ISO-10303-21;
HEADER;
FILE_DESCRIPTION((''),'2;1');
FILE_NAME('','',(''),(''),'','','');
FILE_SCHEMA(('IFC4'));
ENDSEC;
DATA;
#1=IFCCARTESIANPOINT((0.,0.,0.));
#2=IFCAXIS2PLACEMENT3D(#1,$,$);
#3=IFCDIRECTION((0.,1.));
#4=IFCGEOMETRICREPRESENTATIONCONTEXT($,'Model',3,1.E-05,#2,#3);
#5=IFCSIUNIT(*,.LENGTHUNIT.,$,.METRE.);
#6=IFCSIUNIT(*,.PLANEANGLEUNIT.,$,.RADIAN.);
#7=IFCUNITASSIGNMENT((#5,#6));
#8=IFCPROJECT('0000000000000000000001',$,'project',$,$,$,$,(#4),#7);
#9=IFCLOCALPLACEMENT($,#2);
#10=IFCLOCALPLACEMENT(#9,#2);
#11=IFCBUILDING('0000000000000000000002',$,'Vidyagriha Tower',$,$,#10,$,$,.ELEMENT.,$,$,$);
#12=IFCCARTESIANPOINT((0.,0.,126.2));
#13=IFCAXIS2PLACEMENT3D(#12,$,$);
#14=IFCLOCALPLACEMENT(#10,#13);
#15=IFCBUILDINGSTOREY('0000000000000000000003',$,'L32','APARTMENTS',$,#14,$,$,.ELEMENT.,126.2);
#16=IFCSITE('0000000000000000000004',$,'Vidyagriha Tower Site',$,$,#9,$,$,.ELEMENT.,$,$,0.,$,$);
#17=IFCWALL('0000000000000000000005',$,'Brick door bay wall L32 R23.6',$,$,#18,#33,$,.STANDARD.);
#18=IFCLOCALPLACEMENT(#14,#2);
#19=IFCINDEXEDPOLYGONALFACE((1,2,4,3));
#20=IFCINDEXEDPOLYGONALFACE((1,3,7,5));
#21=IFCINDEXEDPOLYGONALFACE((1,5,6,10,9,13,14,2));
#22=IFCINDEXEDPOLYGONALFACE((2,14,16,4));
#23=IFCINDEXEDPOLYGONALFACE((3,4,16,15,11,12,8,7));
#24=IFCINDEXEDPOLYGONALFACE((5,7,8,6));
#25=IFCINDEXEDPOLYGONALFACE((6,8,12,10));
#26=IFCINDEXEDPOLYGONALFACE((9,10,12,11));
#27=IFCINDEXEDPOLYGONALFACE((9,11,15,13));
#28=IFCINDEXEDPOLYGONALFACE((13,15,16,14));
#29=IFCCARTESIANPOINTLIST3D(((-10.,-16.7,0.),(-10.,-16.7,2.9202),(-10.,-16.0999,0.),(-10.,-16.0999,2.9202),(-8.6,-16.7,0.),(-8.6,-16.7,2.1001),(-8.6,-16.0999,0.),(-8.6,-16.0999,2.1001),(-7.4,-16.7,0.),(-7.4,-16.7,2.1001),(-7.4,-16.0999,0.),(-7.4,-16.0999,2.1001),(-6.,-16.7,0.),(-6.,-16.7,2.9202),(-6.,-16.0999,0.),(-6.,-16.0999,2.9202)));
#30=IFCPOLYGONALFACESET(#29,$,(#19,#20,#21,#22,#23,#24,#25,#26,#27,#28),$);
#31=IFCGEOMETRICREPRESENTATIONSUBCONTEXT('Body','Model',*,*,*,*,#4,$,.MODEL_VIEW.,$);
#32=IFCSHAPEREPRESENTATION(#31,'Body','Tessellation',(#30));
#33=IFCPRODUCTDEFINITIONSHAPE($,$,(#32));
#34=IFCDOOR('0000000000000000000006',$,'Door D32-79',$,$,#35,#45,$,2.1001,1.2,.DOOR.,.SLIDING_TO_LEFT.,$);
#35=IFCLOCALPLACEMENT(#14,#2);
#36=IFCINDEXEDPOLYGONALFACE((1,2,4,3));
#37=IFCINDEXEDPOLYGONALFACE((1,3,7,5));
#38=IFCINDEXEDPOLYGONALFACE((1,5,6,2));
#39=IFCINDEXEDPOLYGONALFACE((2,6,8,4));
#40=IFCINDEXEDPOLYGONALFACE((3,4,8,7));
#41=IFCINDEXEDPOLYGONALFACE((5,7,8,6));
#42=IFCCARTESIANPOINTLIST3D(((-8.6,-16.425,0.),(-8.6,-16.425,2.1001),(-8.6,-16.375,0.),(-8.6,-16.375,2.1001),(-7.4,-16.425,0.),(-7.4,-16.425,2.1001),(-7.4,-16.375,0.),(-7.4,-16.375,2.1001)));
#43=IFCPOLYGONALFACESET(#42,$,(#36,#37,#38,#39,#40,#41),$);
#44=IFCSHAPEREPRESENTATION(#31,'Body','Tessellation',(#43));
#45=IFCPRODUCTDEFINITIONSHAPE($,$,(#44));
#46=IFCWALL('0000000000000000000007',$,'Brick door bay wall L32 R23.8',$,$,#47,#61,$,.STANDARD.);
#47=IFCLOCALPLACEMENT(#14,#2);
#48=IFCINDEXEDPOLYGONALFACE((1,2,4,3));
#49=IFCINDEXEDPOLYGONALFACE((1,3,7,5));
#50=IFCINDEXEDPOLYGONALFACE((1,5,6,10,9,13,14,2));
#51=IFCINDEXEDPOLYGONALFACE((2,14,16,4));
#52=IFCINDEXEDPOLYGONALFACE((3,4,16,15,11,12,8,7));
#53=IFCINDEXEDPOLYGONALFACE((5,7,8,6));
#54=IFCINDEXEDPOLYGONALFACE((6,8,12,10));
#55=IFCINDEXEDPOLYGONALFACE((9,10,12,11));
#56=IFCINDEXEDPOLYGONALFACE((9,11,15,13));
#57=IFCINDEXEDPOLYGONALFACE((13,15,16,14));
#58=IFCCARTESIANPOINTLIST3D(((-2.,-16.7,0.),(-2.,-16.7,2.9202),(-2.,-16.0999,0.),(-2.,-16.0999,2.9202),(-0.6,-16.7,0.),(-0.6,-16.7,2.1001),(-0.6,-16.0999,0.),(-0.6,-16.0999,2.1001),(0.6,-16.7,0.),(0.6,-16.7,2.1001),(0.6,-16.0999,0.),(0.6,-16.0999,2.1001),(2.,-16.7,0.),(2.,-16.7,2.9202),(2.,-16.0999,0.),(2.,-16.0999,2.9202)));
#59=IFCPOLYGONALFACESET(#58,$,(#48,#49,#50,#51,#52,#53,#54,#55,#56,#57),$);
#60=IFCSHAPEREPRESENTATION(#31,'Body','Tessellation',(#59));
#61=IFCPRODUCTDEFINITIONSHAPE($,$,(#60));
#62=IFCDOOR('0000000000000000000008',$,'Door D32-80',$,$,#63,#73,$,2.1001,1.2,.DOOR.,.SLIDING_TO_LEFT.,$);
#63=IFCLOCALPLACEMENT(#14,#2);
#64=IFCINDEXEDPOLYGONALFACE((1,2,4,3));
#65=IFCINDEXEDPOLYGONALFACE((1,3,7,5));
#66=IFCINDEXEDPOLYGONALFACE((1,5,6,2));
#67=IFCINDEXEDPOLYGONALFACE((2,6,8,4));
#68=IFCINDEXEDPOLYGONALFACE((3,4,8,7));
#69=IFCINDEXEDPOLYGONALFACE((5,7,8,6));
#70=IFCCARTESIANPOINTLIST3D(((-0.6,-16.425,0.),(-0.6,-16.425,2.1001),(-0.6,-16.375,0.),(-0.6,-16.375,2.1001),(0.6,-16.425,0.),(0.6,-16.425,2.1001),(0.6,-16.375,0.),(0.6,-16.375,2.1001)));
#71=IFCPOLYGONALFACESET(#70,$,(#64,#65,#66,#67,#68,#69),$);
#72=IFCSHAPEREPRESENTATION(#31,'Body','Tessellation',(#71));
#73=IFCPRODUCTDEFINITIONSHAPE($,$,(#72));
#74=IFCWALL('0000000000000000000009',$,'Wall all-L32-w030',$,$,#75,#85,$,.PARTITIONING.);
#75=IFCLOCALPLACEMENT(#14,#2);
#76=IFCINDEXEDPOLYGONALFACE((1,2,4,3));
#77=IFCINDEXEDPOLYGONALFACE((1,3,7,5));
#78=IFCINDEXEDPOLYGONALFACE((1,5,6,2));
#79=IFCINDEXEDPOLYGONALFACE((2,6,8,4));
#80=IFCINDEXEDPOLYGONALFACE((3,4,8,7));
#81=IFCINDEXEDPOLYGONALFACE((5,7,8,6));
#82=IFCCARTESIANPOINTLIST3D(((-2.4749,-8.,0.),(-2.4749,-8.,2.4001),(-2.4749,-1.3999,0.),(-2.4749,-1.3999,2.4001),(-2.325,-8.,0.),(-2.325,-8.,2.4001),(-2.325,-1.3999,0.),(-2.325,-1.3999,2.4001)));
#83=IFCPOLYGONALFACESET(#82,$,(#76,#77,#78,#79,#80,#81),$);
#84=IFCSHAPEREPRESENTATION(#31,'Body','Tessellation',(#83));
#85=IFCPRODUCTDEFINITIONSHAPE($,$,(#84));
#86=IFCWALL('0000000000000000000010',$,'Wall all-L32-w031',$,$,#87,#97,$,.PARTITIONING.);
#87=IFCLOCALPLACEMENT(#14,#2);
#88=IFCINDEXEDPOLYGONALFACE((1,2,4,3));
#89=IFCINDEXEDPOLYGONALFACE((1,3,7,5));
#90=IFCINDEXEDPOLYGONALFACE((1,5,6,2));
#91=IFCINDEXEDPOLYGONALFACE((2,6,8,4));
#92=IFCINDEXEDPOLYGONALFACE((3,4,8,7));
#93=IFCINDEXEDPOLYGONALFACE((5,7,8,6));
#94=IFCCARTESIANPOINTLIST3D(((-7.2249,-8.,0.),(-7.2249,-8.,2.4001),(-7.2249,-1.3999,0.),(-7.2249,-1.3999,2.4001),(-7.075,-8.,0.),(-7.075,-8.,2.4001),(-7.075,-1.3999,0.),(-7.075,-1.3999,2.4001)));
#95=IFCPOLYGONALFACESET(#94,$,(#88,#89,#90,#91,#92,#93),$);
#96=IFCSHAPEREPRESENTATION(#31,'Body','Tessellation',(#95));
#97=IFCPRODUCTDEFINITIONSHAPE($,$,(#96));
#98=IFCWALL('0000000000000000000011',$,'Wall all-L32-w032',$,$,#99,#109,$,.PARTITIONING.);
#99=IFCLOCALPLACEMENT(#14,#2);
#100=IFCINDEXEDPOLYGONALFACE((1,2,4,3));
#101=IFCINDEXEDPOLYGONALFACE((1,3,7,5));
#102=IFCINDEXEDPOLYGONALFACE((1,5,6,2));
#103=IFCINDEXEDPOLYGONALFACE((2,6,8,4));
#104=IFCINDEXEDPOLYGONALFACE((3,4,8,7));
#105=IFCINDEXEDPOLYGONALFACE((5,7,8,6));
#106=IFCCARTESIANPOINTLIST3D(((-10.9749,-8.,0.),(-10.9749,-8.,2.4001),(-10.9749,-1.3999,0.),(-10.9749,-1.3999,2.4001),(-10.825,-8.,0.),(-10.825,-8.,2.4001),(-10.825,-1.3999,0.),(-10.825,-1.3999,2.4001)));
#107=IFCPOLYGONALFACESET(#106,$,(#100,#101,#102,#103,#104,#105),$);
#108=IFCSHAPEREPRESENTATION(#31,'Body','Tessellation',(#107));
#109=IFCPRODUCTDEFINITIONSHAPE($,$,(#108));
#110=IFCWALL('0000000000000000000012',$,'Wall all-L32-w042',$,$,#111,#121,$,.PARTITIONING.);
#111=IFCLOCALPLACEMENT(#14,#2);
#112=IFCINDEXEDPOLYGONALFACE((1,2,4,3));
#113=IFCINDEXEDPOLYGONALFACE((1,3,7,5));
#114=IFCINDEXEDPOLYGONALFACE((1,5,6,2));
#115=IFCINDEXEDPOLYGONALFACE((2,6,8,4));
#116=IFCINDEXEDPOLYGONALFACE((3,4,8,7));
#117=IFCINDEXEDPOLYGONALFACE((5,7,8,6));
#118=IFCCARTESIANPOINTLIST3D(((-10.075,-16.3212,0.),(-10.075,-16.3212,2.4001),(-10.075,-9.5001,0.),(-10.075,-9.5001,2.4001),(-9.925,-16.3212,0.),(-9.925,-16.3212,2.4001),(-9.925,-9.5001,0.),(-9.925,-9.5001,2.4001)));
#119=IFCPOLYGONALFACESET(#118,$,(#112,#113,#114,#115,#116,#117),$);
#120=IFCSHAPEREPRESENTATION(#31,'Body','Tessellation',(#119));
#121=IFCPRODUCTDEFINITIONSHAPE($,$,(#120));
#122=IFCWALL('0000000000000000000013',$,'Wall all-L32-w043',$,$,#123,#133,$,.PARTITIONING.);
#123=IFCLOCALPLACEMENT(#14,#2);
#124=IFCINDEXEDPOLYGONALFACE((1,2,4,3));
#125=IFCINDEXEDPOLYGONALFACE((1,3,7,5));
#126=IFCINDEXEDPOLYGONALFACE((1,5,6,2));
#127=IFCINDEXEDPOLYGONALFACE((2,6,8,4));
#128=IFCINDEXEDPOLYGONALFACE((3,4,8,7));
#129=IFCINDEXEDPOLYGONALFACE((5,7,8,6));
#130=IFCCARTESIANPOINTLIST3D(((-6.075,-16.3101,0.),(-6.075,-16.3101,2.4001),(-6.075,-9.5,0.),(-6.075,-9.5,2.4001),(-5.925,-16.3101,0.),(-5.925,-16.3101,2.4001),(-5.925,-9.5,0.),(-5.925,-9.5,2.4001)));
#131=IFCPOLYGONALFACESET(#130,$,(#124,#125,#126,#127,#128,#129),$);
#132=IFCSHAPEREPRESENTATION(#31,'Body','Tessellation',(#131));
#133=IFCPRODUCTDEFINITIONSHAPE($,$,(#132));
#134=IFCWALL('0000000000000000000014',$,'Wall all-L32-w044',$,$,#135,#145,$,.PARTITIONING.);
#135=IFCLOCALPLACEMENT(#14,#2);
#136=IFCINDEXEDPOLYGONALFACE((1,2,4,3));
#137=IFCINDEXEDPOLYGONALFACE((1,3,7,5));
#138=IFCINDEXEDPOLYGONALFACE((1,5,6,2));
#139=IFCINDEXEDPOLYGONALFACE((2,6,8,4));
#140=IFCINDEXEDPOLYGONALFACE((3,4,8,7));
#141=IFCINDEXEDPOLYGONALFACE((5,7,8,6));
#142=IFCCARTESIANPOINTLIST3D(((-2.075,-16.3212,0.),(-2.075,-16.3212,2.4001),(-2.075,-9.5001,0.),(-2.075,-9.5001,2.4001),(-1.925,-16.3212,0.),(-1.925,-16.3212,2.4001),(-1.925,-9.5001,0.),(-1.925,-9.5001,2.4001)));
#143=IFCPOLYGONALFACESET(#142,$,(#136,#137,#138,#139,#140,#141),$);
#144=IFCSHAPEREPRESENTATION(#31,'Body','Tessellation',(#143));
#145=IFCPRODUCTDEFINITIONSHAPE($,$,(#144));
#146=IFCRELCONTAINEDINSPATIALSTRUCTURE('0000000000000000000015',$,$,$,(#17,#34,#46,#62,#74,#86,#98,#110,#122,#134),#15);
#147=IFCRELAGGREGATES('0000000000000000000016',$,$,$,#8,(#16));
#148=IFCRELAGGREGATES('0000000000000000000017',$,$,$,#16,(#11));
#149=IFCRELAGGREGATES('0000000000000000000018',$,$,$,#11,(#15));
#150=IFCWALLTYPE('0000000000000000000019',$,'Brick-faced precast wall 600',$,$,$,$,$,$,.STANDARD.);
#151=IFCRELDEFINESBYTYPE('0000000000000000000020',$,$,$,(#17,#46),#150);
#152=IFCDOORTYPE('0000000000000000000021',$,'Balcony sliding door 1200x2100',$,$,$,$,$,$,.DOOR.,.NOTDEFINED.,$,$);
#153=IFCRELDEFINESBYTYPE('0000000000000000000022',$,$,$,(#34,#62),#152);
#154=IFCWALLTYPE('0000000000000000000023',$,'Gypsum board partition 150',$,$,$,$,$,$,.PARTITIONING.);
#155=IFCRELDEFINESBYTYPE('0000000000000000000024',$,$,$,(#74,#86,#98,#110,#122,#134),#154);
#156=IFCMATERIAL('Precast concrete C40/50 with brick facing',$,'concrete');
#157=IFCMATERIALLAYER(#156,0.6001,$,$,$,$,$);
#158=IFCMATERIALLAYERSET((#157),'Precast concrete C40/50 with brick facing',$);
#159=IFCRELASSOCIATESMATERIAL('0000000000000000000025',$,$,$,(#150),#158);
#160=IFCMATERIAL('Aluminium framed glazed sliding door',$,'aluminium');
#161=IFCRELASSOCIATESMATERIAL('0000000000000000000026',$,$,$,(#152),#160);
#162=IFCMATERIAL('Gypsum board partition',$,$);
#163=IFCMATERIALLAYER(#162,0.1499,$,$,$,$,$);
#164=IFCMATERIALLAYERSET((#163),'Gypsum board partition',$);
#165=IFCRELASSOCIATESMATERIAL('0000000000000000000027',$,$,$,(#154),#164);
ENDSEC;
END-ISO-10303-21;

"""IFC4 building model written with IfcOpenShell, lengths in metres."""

from ifc_helpers import new_model, si_unit, direction, frame, frame_2d, origin, place, context, subcontext, project, spatial, rectangle, extrude, material, layer, layer_set, type_object, element, fill, save


model = new_model("IFC4")

# Units and contexts
model_context = context("Model", 3, precision=1e-05, world=origin(), true_north=direction((0.0, 1.0)))
body_context = subcontext(model_context, "Body", "Model", "MODEL_VIEW")
ifc_project = project(units=[si_unit("LENGTHUNIT", "METRE"), si_unit("PLANEANGLEUNIT", "RADIAN")], contexts=[model_context])

# Site, building, storey
site_placement = place(None, origin())
site = spatial("IfcSite", under=ifc_project, at=site_placement, Name="Vidyagriha Tower Site", CompositionType="ELEMENT", RefElevation=0.0)
building_placement = place(site_placement, origin())
building = spatial("IfcBuilding", under=site, at=building_placement, Name="Vidyagriha Tower", CompositionType="ELEMENT")
storey_placement = place(building_placement, frame((0.0, 0.0, 126.2)))
storey = spatial("IfcBuildingStorey", under=building, at=storey_placement, Name="L32", Description="APARTMENTS", CompositionType="ELEMENT", Elevation=126.2)

# Walls, openings, doors
ifc_material_1 = material(Name="Precast concrete C40/50 with brick facing", Category="concrete")
ifc_layer_1 = layer(ifc_material_1, 0.6001)
ifc_layer_set_1 = layer_set([ifc_layer_1], Name="Precast concrete C40/50 with brick facing")
wall_type_1 = type_object("IfcWallType", Name="Brick-faced precast wall 600", PredefinedType="STANDARD", material=ifc_layer_set_1)
wall_1_placement = place(storey_placement, frame((-10.0, -16.3999, 0.0)))
wall_1 = element("IfcWall", 1, at=wall_1_placement, inside=storey, type_object=wall_type_1, Name="Brick door bay wall L32 R23.6", PredefinedType="STANDARD", context=body_context, shape_type="SweptSolid", body=[
    extrude(rectangle(XDim=4.0, YDim=0.6001, at=frame_2d((2.0, 0.0))), origin(), (0.0, 0.0, 1.0), 2.9202),
])
opening_1_placement = place(wall_1_placement, frame((1.3999, 0.0, 0.0)))
opening_1 = element("IfcOpeningElement", 2, at=opening_1_placement, cuts=wall_1, PredefinedType="OPENING", context=body_context, shape_type="SweptSolid", body=[
    extrude(rectangle(XDim=1.2, YDim=2.1001, at=frame_2d((0.6001, 1.05))), frame((0.0, 0.3101, 0.0), z_axis=(0.0, -1.0, 0.0), x_axis=(1.0, 0.0, 0.0)), (0.0, 0.0, 1.0), 0.6201),
])
ifc_material_2 = material(Name="Aluminium framed glazed sliding door", Category="aluminium")
door_type = type_object("IfcDoorType", Name="Balcony sliding door 1200x2100", OperationType="NOTDEFINED", PredefinedType="DOOR", material=ifc_material_2)
door_1_placement = place(opening_1_placement, origin())
door_1 = element("IfcDoor", 3, at=door_1_placement, inside=storey, type_object=door_type, Name="Door D32-79", OperationType="SLIDING_TO_LEFT", OverallHeight=2.1001, OverallWidth=1.2, PredefinedType="DOOR", context=body_context, shape_type="SweptSolid", body=[
    extrude(rectangle(XDim=1.2, YDim=2.1001, at=frame_2d((0.6001, 1.05))), frame((0.0, 0.0249, 0.0), z_axis=(0.0, -1.0, 0.0), x_axis=(1.0, 0.0, 0.0)), (0.0, 0.0, 1.0), 0.05),
])
fill(opening_1, door_1)
wall_2_placement = place(storey_placement, frame((-2.0, -16.3999, 0.0)))
wall_2 = element("IfcWall", 4, at=wall_2_placement, inside=storey, type_object=wall_type_1, Name="Brick door bay wall L32 R23.8", PredefinedType="STANDARD", context=body_context, shape_type="SweptSolid", body=[
    extrude(rectangle(XDim=4.0, YDim=0.6001, at=frame_2d((2.0, 0.0))), origin(), (0.0, 0.0, 1.0), 2.9202),
])
opening_2_placement = place(wall_2_placement, frame((1.3999, 0.0, 0.0)))
opening_2 = element("IfcOpeningElement", 5, at=opening_2_placement, cuts=wall_2, PredefinedType="OPENING", context=body_context, shape_type="SweptSolid", body=[
    extrude(rectangle(XDim=1.2, YDim=2.1001, at=frame_2d((0.6001, 1.05))), frame((0.0, 0.3101, 0.0), z_axis=(0.0, -1.0, 0.0), x_axis=(1.0, 0.0, 0.0)), (0.0, 0.0, 1.0), 0.6201),
])
door_2_placement = place(opening_2_placement, origin())
door_2 = element("IfcDoor", 6, at=door_2_placement, inside=storey, type_object=door_type, Name="Door D32-80", OperationType="SLIDING_TO_LEFT", OverallHeight=2.1001, OverallWidth=1.2, PredefinedType="DOOR", context=body_context, shape_type="SweptSolid", body=[
    extrude(rectangle(XDim=1.2, YDim=2.1001, at=frame_2d((0.6001, 1.05))), frame((0.0, 0.0249, 0.0), z_axis=(0.0, -1.0, 0.0), x_axis=(1.0, 0.0, 0.0)), (0.0, 0.0, 1.0), 0.05),
])
fill(opening_2, door_2)

# Walls
ifc_material_3 = material(Name="Gypsum board partition")
ifc_layer_2 = layer(ifc_material_3, 0.1499)
ifc_layer_set_2 = layer_set([ifc_layer_2], Name="Gypsum board partition")
wall_type_2 = type_object("IfcWallType", Name="Gypsum board partition 150", PredefinedType="PARTITIONING", material=ifc_layer_set_2)
for number, where, z_axis, x_axis, name in (
    (7, (-2.3999, -8.0, 0.0), (0.0, 0.0, 1.0), (0.0, 1.0, 0.0), "Wall all-L32-w030"),
    (8, (-7.1499, -8.0, 0.0), (0.0, 0.0, 1.0), (0.0, 1.0, 0.0), "Wall all-L32-w031"),
    (9, (-10.8999, -8.0, 0.0), (0.0, 0.0, 1.0), (0.0, 1.0, 0.0), "Wall all-L32-w032"),
):
    element("IfcWall", number, at=place(storey_placement, frame(where, z_axis=z_axis, x_axis=x_axis)), inside=storey, type_object=wall_type_2, Name=name, PredefinedType="PARTITIONING", context=body_context, shape_type="SweptSolid", body=[
        extrude(rectangle(XDim=6.6001, YDim=0.1499, at=frame_2d((3.3, 0.0))), origin(), (0.0, 0.0, 1.0), 2.4001),
    ])
wall_3_placement = place(storey_placement, frame((-10.0, -9.5, 0.0), z_axis=(0.0, 0.0, 1.0), x_axis=(0.0, -1.0, 0.0)))
element("IfcWall", 10, at=wall_3_placement, inside=storey, type_object=wall_type_2, Name="Wall all-L32-w042", PredefinedType="PARTITIONING", context=body_context, shape_type="SweptSolid", body=[
    extrude(rectangle(XDim=6.821, YDim=0.1499, at=frame_2d((3.4106, 0.0))), origin(), (0.0, 0.0, 1.0), 2.4001),
])
wall_4_placement = place(storey_placement, frame((-6.0, -9.5, 0.0), z_axis=(0.0, 0.0, 1.0), x_axis=(0.0, -1.0, 0.0)))
element("IfcWall", 11, at=wall_4_placement, inside=storey, type_object=wall_type_2, Name="Wall all-L32-w043", PredefinedType="PARTITIONING", context=body_context, shape_type="SweptSolid", body=[
    extrude(rectangle(XDim=6.8101, YDim=0.1499, at=frame_2d((3.405, 0.0))), origin(), (0.0, 0.0, 1.0), 2.4001),
])
wall_5_placement = place(storey_placement, frame((-2.0, -9.5, 0.0), z_axis=(0.0, 0.0, 1.0), x_axis=(0.0, -1.0, 0.0)))
element("IfcWall", 12, at=wall_5_placement, inside=storey, type_object=wall_type_2, Name="Wall all-L32-w044", PredefinedType="PARTITIONING", context=body_context, shape_type="SweptSolid", body=[
    extrude(rectangle(XDim=6.821, YDim=0.1499, at=frame_2d((3.4106, 0.0))), origin(), (0.0, 0.0, 1.0), 2.4001),
])

save(model, "model.ifc")
